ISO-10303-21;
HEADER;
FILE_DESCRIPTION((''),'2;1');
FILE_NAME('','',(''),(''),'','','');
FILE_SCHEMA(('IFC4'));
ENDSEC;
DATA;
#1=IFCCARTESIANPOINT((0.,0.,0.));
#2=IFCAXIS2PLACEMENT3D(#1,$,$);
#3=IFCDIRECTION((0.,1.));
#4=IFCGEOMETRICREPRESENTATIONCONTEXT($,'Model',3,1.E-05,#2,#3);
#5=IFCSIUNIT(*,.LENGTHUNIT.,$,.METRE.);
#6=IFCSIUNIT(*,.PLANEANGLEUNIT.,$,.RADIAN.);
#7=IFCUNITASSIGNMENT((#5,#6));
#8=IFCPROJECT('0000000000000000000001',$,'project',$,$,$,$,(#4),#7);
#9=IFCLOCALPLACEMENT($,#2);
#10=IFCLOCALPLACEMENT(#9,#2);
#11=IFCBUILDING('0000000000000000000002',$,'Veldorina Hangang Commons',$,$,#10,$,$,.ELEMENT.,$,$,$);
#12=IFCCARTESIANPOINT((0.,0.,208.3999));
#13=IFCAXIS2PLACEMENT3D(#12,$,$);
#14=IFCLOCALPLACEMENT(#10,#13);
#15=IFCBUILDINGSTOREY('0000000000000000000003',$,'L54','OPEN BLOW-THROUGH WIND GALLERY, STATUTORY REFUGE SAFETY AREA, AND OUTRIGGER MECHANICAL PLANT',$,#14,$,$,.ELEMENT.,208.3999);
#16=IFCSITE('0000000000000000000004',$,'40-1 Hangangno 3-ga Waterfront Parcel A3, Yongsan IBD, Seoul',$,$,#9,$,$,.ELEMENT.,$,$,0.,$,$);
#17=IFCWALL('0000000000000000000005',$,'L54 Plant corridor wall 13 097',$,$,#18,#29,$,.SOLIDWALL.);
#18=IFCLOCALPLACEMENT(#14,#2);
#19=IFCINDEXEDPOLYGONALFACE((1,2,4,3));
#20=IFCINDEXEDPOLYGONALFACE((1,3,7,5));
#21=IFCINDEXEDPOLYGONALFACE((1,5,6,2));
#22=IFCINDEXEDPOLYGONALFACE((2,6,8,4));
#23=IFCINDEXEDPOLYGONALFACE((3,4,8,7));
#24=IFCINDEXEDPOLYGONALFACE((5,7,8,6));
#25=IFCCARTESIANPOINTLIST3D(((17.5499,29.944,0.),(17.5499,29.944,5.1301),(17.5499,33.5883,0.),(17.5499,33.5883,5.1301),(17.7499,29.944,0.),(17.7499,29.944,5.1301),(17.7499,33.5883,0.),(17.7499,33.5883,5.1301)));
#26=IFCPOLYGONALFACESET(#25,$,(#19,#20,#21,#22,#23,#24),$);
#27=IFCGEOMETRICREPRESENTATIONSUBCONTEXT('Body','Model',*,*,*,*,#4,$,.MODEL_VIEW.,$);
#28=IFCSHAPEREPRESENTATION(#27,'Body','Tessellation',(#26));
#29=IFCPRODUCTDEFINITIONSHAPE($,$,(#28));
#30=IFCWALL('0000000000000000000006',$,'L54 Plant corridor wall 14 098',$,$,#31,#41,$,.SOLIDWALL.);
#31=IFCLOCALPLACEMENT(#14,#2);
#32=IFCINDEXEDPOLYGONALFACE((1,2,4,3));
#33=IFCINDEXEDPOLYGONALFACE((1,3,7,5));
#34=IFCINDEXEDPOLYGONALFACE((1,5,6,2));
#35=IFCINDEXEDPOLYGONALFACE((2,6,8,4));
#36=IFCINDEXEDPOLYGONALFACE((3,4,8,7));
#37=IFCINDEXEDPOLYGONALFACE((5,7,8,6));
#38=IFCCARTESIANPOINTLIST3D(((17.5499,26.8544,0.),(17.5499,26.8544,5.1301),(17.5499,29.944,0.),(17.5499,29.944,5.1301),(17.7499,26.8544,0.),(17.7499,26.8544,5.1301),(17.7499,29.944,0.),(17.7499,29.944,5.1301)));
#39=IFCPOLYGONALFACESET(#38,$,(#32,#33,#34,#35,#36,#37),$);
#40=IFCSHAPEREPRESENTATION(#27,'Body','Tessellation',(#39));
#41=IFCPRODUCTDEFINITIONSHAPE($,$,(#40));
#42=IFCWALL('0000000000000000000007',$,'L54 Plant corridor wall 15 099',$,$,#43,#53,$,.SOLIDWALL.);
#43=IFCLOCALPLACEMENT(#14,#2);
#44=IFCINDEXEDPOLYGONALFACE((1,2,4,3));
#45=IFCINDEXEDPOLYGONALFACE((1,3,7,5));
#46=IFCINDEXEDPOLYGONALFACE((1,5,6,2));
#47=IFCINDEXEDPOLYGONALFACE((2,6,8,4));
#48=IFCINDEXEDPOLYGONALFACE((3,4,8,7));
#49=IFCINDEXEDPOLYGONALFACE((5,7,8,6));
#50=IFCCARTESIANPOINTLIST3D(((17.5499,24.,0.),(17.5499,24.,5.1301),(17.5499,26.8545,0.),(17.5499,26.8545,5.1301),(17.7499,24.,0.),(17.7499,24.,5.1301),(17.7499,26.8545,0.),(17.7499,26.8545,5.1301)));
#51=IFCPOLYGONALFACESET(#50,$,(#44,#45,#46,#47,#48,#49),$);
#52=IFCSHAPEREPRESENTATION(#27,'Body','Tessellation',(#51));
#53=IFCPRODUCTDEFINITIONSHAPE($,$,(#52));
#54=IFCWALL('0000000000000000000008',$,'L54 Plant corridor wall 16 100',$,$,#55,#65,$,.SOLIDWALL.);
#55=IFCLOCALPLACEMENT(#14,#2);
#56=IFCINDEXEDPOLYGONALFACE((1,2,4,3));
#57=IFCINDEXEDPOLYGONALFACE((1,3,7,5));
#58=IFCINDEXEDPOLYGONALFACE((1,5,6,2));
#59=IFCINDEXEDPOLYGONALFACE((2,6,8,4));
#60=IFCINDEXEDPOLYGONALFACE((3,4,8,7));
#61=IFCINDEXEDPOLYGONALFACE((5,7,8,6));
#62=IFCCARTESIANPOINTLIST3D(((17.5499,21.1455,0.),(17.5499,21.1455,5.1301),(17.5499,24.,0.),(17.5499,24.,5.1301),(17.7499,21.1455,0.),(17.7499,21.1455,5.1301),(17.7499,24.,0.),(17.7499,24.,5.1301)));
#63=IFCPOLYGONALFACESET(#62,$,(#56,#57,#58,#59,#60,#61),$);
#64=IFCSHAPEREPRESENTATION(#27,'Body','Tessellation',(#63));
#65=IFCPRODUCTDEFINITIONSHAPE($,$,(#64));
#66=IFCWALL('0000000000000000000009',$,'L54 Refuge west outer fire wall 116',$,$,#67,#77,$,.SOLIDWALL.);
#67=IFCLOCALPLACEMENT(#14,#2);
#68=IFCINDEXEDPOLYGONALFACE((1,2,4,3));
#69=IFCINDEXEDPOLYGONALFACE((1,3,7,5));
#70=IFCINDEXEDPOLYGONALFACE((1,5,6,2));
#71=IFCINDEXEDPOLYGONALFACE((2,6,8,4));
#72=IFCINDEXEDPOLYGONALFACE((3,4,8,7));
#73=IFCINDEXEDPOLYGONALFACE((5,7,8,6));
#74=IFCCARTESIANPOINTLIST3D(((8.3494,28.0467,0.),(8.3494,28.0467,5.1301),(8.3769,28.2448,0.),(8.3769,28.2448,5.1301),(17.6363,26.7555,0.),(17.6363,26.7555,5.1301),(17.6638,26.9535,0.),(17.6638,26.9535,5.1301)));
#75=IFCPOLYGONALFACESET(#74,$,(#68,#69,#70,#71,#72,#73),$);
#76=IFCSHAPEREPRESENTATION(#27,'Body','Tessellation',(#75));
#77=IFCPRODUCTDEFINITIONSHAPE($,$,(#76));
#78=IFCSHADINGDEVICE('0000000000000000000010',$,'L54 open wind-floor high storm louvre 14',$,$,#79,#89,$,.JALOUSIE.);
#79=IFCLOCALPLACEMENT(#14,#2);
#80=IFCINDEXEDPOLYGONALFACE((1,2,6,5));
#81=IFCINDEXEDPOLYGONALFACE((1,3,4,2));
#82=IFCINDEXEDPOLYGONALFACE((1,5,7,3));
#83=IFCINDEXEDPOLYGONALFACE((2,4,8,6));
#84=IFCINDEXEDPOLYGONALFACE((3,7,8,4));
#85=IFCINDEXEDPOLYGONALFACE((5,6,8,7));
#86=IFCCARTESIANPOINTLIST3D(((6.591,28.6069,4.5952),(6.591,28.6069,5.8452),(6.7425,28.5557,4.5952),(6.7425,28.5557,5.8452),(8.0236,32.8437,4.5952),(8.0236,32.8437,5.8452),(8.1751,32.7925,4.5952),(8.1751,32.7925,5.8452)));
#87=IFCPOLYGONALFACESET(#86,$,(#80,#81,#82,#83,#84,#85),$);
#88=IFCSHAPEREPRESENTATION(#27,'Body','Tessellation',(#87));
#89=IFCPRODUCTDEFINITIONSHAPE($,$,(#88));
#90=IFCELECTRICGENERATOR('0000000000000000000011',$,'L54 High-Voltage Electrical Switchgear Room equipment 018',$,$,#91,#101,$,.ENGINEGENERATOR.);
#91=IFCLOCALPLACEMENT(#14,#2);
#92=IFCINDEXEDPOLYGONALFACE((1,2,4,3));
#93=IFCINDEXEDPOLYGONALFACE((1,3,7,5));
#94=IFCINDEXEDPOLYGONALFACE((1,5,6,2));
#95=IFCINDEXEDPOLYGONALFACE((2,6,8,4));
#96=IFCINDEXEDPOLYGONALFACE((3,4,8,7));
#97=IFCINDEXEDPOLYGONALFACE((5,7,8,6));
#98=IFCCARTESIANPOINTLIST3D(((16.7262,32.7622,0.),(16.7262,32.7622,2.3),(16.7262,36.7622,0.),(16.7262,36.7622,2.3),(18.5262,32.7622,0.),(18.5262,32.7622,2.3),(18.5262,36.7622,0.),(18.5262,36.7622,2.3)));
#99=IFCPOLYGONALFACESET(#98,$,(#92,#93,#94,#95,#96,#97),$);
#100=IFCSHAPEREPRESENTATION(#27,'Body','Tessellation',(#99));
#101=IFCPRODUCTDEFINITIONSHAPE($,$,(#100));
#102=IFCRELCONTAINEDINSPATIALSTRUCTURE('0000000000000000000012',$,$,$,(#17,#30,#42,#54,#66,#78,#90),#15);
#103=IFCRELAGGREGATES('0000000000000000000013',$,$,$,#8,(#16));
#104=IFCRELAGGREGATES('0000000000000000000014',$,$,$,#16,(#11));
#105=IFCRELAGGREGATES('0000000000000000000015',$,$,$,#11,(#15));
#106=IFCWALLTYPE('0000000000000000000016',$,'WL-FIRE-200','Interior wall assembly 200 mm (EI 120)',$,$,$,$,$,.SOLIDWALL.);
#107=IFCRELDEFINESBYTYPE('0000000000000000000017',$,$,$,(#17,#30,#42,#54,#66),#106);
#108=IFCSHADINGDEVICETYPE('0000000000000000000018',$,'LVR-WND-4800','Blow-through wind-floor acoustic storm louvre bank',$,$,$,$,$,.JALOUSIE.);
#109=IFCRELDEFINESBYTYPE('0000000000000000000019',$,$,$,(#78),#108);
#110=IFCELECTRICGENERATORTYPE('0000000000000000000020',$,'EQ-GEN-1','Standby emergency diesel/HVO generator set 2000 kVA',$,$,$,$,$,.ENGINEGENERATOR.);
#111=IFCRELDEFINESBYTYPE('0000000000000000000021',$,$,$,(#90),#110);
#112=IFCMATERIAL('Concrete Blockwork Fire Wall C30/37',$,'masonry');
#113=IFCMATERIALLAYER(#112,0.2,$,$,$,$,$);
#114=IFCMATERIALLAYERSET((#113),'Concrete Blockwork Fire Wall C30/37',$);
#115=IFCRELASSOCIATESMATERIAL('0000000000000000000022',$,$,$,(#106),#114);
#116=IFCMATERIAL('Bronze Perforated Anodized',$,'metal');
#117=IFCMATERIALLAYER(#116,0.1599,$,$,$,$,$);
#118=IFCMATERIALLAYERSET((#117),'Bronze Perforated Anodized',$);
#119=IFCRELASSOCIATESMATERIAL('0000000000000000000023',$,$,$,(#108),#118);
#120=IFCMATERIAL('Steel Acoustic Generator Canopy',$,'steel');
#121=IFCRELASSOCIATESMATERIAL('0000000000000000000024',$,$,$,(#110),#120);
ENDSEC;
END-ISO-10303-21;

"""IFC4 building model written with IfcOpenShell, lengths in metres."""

from ifc_helpers import new_model, si_unit, direction, frame, frame_2d, origin, origin_2d, place, context, subcontext, project, spatial, rectangle, extrude, material, layer, layer_set, type_object, element, save


model = new_model("IFC4")

# Units and contexts
model_context = context("Model", 3, precision=1e-05, world=origin(), true_north=direction((0.0, 1.0)))
body_context = subcontext(model_context, "Body", "Model", "MODEL_VIEW")
ifc_project = project(units=[si_unit("LENGTHUNIT", "METRE"), si_unit("PLANEANGLEUNIT", "RADIAN")], contexts=[model_context])

# Site, building, storey
site_placement = place(None, origin())
site = spatial("IfcSite", under=ifc_project, at=site_placement, Name="40-1 Hangangno 3-ga Waterfront Parcel A3, Yongsan IBD, Seoul", CompositionType="ELEMENT", RefElevation=0.0)
building_placement = place(site_placement, origin())
building = spatial("IfcBuilding", under=site, at=building_placement, Name="Veldorina Hangang Commons", CompositionType="ELEMENT")
storey_placement = place(building_placement, frame((0.0, 0.0, 208.3999)))
storey = spatial("IfcBuildingStorey", under=building, at=storey_placement, Name="L54", Description="OPEN BLOW-THROUGH WIND GALLERY, STATUTORY REFUGE SAFETY AREA, AND OUTRIGGER MECHANICAL PLANT", CompositionType="ELEMENT", Elevation=208.3999)

# Walls
ifc_material_1 = material(Name="Concrete Blockwork Fire Wall C30/37", Category="masonry")
ifc_layer_1 = layer(ifc_material_1, 0.2)
ifc_layer_set_1 = layer_set([ifc_layer_1], Name="Concrete Blockwork Fire Wall C30/37")
wall_type = type_object("IfcWallType", Name="WL-FIRE-200", Description="Interior wall assembly 200 mm (EI 120)", PredefinedType="SOLIDWALL", material=ifc_layer_set_1)
wall_1_placement = place(storey_placement, frame((17.6499, 33.5884, 0.0), z_axis=(0.0, 0.0, 1.0), x_axis=(0.0, -1.0, 0.0)))
element("IfcWall", 1, at=wall_1_placement, inside=storey, type_object=wall_type, Name="L54 Plant corridor wall 13 097", PredefinedType="SOLIDWALL", context=body_context, shape_type="SweptSolid", body=[
    extrude(rectangle(XDim=3.6443, YDim=0.2, at=frame_2d((1.8223, 0.0))), origin(), (0.0, 0.0, 1.0), 5.1301),
])
wall_2_placement = place(storey_placement, frame((17.6499, 29.9441, 0.0), z_axis=(0.0, 0.0, 1.0), x_axis=(0.0, -1.0, 0.0)))
element("IfcWall", 2, at=wall_2_placement, inside=storey, type_object=wall_type, Name="L54 Plant corridor wall 14 098", PredefinedType="SOLIDWALL", context=body_context, shape_type="SweptSolid", body=[
    extrude(rectangle(XDim=3.0896, YDim=0.2, at=frame_2d((1.5449, 0.0))), origin(), (0.0, 0.0, 1.0), 5.1301),
])
for number, where, z_axis, x_axis, name in (
    (3, (17.6499, 26.8545, 0.0), (0.0, 0.0, 1.0), (0.0, -1.0, 0.0), "L54 Plant corridor wall 15 099"),
    (4, (17.6499, 24.0, 0.0), (0.0, 0.0, 1.0), (0.0, -1.0, 0.0), "L54 Plant corridor wall 16 100"),
):
    element("IfcWall", number, at=place(storey_placement, frame(where, z_axis=z_axis, x_axis=x_axis)), inside=storey, type_object=wall_type, Name=name, PredefinedType="SOLIDWALL", context=body_context, shape_type="SweptSolid", body=[
        extrude(rectangle(XDim=2.8545, YDim=0.2, at=frame_2d((1.4272, 0.0))), origin(), (0.0, 0.0, 1.0), 5.1301),
    ])
wall_3_placement = place(storey_placement, frame((17.6499, 26.8545, 0.0), z_axis=(0.0, 0.0, 1.0), x_axis=(-0.990472, 0.137717, 0.0)))
element("IfcWall", 5, at=wall_3_placement, inside=storey, type_object=wall_type, Name="L54 Refuge west outer fire wall 116", PredefinedType="SOLIDWALL", context=body_context, shape_type="SweptSolid", body=[
    extrude(rectangle(XDim=9.3762, YDim=0.2, at=frame_2d((4.688, 0.0))), origin(), (0.0, 0.0, 1.0), 5.1301),
])

# Shading device
ifc_material_2 = material(Name="Bronze Perforated Anodized", Category="metal")
ifc_layer_2 = layer(ifc_material_2, 0.1599)
ifc_layer_set_2 = layer_set([ifc_layer_2], Name="Bronze Perforated Anodized")
shading_device_type = type_object("IfcShadingDeviceType", Name="LVR-WND-4800", Description="Blow-through wind-floor acoustic storm louvre bank", PredefinedType="JALOUSIE", material=ifc_layer_set_2)
shading_device_placement = place(storey_placement, frame((7.3831, 30.6997, 4.5952), z_axis=(0.0, 0.0, 1.0), x_axis=(-0.320315, -0.947311, 0.0)))
element("IfcShadingDevice", 6, at=shading_device_placement, inside=storey, type_object=shading_device_type, Name="L54 open wind-floor high storm louvre 14", PredefinedType="JALOUSIE", context=body_context, shape_type="SweptSolid", body=[
    extrude(rectangle(XDim=4.4724, YDim=0.1599, at=origin_2d()), origin(), (0.0, 0.0, 1.0), 1.25),
])

# Electric generator
ifc_material_3 = material(Name="Steel Acoustic Generator Canopy", Category="steel")
electric_generator_type = type_object("IfcElectricGeneratorType", Name="EQ-GEN-1", Description="Standby emergency diesel/HVO generator set 2000 kVA", PredefinedType="ENGINEGENERATOR", material=ifc_material_3)
electric_generator_placement = place(storey_placement, frame((17.6262, 34.7622, 0.0), z_axis=(0.0, 0.0, 1.0), x_axis=(1.0, 0.0, 0.0)))
element("IfcElectricGenerator", 7, at=electric_generator_placement, inside=storey, type_object=electric_generator_type, Name="L54 High-Voltage Electrical Switchgear Room equipment 018", PredefinedType="ENGINEGENERATOR", context=body_context, shape_type="SweptSolid", body=[
    extrude(rectangle(XDim=1.8, YDim=4.0, at=origin_2d()), origin(), (0.0, 0.0, 1.0), 2.3),
])

save(model, "model.ifc")
